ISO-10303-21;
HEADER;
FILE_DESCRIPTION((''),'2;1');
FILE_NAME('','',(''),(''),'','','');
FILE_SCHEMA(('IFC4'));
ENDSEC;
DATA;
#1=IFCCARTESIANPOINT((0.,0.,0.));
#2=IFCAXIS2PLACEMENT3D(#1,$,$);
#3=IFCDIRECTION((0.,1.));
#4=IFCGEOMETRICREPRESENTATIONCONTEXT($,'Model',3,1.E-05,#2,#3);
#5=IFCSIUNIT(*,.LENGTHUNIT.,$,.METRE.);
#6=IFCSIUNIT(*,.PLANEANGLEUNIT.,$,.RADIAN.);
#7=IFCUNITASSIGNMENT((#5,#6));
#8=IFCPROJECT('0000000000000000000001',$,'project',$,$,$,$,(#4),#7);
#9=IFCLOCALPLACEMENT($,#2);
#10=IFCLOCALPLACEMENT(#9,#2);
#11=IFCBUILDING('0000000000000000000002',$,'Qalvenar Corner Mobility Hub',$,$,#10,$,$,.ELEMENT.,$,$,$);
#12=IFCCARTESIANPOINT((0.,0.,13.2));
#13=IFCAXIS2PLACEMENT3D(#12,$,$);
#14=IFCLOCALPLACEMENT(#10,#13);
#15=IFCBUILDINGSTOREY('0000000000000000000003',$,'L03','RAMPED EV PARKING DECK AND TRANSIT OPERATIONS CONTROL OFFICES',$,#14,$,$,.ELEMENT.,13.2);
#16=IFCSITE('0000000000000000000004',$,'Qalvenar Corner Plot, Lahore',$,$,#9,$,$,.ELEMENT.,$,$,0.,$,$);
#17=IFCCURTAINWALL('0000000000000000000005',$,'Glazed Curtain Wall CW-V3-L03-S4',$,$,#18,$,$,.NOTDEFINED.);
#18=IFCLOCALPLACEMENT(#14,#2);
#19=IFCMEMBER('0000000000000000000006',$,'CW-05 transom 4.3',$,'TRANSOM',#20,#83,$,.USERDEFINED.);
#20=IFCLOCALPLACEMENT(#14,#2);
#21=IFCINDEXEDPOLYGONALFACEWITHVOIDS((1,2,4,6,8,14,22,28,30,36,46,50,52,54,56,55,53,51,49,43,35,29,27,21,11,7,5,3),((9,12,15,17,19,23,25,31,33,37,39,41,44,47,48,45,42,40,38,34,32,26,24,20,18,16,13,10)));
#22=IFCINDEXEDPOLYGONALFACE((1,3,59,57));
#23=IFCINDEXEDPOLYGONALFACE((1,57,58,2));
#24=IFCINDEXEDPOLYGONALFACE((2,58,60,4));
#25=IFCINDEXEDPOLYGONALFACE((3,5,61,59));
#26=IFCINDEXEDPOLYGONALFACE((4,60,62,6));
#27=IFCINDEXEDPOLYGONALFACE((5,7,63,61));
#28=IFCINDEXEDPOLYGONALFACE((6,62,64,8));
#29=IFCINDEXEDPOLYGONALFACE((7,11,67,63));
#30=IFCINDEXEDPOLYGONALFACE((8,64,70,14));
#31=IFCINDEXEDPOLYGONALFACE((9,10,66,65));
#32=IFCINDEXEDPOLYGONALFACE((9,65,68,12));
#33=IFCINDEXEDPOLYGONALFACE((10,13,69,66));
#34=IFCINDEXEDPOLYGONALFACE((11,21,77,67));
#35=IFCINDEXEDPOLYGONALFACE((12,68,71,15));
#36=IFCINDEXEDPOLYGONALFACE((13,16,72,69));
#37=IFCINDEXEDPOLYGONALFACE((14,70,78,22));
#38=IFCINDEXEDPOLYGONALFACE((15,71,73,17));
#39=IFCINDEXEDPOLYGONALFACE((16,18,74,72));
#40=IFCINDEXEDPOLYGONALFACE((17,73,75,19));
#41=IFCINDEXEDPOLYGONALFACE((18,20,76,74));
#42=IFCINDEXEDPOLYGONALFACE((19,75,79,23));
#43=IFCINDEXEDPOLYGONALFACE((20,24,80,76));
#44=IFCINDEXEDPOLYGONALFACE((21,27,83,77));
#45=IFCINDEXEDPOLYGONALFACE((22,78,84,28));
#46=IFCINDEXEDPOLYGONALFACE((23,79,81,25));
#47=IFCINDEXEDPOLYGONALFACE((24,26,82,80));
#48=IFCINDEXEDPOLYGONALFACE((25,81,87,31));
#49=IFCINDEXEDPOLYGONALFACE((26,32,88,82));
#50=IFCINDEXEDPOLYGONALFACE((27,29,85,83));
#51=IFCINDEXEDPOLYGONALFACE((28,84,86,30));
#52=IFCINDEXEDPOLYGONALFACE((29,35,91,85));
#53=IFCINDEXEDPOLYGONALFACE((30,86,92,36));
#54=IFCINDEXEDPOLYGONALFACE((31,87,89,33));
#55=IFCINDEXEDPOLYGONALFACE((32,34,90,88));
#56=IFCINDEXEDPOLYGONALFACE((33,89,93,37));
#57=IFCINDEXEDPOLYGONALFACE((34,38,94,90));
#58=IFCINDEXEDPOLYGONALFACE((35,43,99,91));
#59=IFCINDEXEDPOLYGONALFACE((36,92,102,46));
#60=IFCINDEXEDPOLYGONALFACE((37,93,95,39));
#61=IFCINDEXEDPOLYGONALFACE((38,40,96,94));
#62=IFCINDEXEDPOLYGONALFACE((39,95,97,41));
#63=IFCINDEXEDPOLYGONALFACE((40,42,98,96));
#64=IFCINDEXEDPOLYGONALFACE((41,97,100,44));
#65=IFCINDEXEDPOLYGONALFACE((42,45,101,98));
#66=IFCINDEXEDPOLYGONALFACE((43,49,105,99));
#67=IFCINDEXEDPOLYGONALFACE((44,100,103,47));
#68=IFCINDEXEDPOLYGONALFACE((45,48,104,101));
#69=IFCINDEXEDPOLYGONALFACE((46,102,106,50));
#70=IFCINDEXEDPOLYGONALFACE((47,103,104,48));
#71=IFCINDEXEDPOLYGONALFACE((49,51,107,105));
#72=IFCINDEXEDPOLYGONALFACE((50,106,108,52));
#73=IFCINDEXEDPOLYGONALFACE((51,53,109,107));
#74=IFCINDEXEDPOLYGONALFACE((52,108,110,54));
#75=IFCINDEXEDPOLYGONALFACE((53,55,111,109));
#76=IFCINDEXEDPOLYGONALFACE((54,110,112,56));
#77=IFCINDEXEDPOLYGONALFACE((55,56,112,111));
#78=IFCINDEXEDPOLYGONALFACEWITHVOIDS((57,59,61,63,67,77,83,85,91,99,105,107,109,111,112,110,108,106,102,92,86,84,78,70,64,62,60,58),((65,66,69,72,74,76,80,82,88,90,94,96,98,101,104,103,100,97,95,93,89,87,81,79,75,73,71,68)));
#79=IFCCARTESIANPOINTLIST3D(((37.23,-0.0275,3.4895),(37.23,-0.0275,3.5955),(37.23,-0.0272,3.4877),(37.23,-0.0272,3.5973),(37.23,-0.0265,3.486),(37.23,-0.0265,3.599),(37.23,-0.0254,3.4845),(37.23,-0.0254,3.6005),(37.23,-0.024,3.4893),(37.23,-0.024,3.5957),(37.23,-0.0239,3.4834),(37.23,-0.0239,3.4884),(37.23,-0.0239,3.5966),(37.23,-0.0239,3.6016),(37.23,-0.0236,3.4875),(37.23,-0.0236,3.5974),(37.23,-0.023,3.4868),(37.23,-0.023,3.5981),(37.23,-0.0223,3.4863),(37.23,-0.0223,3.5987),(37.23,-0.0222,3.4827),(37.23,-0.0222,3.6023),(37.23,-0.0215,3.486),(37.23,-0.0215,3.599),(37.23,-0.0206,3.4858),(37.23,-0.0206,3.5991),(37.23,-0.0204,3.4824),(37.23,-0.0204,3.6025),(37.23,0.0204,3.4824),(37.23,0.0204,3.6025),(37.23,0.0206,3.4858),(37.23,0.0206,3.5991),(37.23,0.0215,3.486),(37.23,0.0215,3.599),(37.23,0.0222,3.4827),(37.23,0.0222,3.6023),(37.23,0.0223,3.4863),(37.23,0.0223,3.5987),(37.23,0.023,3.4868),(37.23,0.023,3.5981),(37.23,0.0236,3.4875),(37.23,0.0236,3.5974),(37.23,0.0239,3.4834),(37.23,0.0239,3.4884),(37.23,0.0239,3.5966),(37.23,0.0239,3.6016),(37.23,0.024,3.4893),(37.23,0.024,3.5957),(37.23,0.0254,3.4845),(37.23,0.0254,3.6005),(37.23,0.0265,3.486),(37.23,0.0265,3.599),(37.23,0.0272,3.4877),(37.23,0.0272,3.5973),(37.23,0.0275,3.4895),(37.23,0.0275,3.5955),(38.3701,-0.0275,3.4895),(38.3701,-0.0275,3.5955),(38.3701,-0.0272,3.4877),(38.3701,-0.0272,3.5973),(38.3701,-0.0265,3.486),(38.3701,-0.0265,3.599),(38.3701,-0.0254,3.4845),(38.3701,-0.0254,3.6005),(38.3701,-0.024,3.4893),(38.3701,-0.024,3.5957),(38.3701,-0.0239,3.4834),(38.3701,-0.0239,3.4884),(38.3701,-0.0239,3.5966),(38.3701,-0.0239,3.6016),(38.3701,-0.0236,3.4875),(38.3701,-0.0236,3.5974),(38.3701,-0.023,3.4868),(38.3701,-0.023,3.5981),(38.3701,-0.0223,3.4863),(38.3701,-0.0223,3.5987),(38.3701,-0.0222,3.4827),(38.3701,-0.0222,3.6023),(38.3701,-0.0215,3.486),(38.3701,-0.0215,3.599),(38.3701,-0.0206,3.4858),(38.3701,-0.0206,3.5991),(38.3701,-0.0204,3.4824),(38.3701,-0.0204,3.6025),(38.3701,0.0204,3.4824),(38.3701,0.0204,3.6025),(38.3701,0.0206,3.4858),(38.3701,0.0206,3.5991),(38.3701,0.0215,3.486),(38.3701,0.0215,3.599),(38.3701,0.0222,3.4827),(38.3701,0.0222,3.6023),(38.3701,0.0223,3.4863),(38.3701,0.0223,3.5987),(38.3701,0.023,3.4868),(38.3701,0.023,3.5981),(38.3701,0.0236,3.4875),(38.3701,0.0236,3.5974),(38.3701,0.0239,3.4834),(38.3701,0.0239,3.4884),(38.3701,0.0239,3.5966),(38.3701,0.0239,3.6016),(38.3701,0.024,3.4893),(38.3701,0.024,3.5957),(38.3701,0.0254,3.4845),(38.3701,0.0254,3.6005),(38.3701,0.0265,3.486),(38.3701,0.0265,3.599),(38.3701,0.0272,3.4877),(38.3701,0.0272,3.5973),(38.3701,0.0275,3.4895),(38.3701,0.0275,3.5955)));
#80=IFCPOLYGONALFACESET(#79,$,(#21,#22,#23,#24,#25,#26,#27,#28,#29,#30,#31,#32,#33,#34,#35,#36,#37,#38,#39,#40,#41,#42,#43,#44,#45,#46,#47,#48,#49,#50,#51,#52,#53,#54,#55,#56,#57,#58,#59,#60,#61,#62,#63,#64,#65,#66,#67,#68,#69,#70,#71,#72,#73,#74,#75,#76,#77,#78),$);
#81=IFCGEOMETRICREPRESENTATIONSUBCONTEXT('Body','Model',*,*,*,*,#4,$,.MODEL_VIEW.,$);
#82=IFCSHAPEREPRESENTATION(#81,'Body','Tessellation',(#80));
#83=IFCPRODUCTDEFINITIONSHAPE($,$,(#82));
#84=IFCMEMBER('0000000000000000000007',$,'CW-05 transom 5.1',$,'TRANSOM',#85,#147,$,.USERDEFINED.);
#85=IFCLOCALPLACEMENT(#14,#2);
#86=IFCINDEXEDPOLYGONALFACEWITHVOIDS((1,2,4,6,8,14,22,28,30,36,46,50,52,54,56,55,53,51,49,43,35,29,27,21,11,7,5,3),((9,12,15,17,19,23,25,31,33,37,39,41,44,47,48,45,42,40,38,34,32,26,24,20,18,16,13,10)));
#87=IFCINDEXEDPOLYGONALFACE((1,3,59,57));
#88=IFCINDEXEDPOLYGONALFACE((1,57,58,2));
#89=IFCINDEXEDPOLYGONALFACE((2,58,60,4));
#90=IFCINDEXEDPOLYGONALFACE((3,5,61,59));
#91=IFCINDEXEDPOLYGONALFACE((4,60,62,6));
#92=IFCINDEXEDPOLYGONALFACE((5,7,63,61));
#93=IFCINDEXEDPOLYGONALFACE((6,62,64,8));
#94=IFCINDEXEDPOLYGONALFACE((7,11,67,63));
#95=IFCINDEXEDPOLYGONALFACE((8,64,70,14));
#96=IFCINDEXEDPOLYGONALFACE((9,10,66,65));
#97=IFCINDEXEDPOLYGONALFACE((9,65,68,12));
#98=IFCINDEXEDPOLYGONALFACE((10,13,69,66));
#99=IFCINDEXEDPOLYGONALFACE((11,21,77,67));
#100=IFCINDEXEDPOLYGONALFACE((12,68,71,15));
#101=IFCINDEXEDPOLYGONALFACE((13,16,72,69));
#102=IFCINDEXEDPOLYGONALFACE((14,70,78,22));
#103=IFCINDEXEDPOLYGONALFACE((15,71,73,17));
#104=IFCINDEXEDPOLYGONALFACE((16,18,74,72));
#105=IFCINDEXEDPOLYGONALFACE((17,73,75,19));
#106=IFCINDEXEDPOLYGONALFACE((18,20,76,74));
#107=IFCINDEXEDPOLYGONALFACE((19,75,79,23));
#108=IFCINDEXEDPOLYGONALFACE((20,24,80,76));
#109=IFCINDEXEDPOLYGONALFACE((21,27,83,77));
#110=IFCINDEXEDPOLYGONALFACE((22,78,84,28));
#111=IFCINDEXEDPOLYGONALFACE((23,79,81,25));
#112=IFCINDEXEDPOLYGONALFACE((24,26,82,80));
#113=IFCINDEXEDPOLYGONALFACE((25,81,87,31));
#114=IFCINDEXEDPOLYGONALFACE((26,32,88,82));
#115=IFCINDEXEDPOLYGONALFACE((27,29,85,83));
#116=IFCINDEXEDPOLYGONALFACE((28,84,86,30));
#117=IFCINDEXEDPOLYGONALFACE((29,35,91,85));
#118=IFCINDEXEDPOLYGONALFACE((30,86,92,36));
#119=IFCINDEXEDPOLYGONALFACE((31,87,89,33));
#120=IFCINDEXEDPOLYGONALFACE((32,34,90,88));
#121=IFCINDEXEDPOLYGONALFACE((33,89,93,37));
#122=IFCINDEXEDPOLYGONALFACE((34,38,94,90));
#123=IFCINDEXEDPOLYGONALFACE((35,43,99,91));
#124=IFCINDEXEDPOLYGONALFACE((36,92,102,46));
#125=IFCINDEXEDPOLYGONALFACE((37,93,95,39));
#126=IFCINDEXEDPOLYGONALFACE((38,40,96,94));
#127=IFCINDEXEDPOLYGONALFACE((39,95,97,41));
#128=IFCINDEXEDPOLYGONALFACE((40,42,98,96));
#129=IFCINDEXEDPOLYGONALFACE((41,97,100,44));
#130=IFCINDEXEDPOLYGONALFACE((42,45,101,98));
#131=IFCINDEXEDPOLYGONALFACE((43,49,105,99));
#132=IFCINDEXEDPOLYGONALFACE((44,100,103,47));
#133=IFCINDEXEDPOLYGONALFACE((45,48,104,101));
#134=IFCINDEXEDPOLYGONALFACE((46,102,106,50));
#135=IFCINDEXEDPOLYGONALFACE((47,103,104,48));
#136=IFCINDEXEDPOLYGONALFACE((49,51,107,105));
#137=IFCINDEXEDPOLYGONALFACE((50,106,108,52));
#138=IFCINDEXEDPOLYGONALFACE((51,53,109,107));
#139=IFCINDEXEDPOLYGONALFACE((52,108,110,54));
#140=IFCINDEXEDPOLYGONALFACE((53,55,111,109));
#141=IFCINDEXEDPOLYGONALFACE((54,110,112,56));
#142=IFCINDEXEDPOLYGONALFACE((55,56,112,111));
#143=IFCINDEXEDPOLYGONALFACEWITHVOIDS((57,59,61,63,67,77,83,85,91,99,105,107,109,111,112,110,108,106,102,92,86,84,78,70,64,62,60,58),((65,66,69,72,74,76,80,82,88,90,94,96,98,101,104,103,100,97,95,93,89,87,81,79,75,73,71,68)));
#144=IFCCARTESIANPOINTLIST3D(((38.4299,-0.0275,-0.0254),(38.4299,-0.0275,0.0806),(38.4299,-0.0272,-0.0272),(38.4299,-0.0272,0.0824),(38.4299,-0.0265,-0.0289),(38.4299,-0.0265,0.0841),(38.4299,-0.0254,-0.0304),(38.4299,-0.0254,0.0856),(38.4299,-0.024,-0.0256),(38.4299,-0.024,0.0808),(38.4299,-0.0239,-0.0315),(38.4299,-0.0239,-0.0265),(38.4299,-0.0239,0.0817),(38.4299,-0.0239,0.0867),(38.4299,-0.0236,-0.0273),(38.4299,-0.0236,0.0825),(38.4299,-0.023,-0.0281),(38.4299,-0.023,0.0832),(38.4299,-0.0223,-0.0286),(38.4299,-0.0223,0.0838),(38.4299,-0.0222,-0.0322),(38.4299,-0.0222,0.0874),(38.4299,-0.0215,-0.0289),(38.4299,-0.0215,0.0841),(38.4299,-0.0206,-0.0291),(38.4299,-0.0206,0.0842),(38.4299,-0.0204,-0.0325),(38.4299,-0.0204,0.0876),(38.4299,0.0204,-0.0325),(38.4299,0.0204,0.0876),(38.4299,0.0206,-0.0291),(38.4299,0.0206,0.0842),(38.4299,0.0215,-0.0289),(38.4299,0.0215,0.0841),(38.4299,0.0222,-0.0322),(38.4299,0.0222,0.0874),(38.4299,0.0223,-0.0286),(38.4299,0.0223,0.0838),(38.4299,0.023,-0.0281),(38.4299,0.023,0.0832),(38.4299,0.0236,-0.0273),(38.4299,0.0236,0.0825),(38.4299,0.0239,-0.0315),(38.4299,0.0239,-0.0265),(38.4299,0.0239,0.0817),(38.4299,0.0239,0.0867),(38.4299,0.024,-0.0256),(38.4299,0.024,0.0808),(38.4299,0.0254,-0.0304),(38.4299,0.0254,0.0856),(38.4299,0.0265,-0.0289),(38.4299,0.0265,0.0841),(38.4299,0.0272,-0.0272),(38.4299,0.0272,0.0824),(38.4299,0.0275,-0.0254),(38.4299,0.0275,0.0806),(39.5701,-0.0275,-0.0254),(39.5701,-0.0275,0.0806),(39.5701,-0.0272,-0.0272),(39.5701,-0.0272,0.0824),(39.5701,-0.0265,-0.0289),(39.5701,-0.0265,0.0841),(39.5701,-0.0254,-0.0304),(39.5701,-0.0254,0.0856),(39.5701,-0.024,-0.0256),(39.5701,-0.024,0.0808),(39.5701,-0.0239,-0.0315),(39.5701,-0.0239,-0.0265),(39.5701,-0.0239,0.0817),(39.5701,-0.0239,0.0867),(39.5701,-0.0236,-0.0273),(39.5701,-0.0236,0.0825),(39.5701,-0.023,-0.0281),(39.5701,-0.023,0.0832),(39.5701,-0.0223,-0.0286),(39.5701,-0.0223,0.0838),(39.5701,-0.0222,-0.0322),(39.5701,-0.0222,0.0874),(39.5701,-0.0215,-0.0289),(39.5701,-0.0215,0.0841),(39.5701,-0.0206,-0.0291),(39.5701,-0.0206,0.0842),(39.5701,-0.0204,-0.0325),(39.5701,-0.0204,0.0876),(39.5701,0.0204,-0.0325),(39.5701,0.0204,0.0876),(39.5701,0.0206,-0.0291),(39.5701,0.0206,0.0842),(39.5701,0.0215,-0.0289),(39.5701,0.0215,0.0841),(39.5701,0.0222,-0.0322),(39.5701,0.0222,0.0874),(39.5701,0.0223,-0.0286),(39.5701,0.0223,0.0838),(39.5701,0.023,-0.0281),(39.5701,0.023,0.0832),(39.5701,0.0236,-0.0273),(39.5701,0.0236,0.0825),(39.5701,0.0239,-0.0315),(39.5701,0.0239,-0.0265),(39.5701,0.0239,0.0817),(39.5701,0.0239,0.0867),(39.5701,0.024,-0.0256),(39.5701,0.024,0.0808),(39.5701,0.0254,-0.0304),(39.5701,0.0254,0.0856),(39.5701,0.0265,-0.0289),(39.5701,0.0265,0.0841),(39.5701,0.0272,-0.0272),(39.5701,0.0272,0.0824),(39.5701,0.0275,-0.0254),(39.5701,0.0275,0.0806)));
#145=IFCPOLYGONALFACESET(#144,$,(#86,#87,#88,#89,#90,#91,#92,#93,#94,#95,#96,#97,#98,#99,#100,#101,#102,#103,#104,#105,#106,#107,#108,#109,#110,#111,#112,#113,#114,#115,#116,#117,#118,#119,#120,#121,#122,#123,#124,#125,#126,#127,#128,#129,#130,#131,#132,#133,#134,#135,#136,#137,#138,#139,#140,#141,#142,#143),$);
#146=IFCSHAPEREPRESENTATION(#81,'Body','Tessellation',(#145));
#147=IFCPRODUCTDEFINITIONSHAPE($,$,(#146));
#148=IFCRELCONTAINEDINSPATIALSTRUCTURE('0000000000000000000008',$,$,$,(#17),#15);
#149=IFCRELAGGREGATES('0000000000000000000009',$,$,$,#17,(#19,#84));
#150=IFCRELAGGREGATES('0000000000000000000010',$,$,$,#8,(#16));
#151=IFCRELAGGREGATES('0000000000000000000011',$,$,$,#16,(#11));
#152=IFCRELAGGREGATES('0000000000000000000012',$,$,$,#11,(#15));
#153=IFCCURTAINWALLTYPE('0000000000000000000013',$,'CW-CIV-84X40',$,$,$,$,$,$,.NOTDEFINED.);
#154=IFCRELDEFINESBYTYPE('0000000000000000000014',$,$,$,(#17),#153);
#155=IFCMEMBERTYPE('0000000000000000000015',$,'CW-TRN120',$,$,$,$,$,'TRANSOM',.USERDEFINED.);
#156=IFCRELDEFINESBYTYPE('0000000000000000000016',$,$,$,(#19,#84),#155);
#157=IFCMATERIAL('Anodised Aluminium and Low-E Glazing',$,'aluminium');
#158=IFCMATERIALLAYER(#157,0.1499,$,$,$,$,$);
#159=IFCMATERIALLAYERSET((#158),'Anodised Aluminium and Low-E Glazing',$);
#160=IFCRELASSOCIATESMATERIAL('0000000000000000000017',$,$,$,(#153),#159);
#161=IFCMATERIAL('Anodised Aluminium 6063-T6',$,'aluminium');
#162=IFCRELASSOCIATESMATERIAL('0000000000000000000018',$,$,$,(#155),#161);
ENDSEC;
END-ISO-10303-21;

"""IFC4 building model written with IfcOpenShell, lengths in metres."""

from ifc_helpers import new_model, si_unit, direction, frame, origin, origin_2d, place, context, subcontext, project, spatial, hollow_rectangle, extrude, material, layer, layer_set, material_profile, profile_set, type_object, element, aggregate, save


model = new_model("IFC4")

# Units and contexts
model_context = context("Model", 3, precision=1e-05, world=origin(), true_north=direction((0.0, 1.0)))
body_context = subcontext(model_context, "Body", "Model", "MODEL_VIEW")
ifc_project = project(units=[si_unit("LENGTHUNIT", "METRE"), si_unit("PLANEANGLEUNIT", "RADIAN")], contexts=[model_context])

# Site, building, storey
site_placement = place(None, origin())
site = spatial("IfcSite", under=ifc_project, at=site_placement, Name="Qalvenar Corner Plot, Lahore", CompositionType="ELEMENT", RefElevation=0.0)
building_placement = place(site_placement, origin())
building = spatial("IfcBuilding", under=site, at=building_placement, Name="Qalvenar Corner Mobility Hub", CompositionType="ELEMENT")
storey_placement = place(building_placement, frame((0.0, 0.0, 13.2)))
storey = spatial("IfcBuildingStorey", under=building, at=storey_placement, Name="L03", Description="RAMPED EV PARKING DECK AND TRANSIT OPERATIONS CONTROL OFFICES", CompositionType="ELEMENT", Elevation=13.2)

# Curtain wall, members
ifc_material_1 = material(Name="Anodised Aluminium and Low-E Glazing", Category="aluminium")
ifc_layer_1 = layer(ifc_material_1, 0.1499)
ifc_layer_set_1 = layer_set([ifc_layer_1], Name="Anodised Aluminium and Low-E Glazing")
curtain_wall_type = type_object("IfcCurtainWallType", Name="CW-CIV-84X40", PredefinedType="NOTDEFINED", material=ifc_layer_set_1)
curtain_wall_placement = place(storey_placement, origin())
curtain_wall = element("IfcCurtainWall", 1, at=curtain_wall_placement, inside=storey, type_object=curtain_wall_type, Name="Glazed Curtain Wall CW-V3-L03-S4", PredefinedType="NOTDEFINED")
ifc_material_2 = material(Name="Anodised Aluminium 6063-T6", Category="aluminium")
ifc_material_profile_1 = material_profile(ifc_material_2, hollow_rectangle(XDim=0.0549, YDim=0.1201, WallThickness=0.0034, InnerFilletRadius=0.0034, OuterFilletRadius=0.0071, at=origin_2d()), Name="RHS120x55x3.5")
ifc_profile_set_1 = profile_set([ifc_material_profile_1], Name="Anodised Aluminium 6063-T6")
member_type_1 = type_object("IfcMemberType", Name="CW-TRN120", ElementType="TRANSOM", PredefinedType="USERDEFINED", material=ifc_profile_set_1)
member_1_placement = place(storey_placement, frame((37.23, 0.0, 3.5425), z_axis=(1.0, 0.0, 0.0), x_axis=(0.0, 1.0, 0.0)))
member_1 = element("IfcMember", 2, at=member_1_placement, type_object=member_type_1, Name="CW-05 transom 4.3", ObjectType="TRANSOM", PredefinedType="USERDEFINED", context=body_context, shape_type="SweptSolid", body=[
    extrude(hollow_rectangle(XDim=0.0549, YDim=0.1201, WallThickness=0.0034, InnerFilletRadius=0.0034, OuterFilletRadius=0.0071, at=origin_2d()), origin(), (0.0, 0.0, 1.0), 1.1401),
])
member_2_placement = place(storey_placement, frame((38.4299, 0.0, 0.0276), z_axis=(1.0, 0.0, 0.0), x_axis=(0.0, 1.0, 0.0)))
member_2 = element("IfcMember", 3, at=member_2_placement, type_object=member_type_1, Name="CW-05 transom 5.1", ObjectType="TRANSOM", PredefinedType="USERDEFINED", context=body_context, shape_type="SweptSolid", body=[
    extrude(hollow_rectangle(XDim=0.0549, YDim=0.1201, WallThickness=0.0034, InnerFilletRadius=0.0034, OuterFilletRadius=0.0071, at=origin_2d()), origin(), (0.0, 0.0, 1.0), 1.1401),
])
aggregate(curtain_wall, [member_1, member_2])

save(model, "model.ifc")
